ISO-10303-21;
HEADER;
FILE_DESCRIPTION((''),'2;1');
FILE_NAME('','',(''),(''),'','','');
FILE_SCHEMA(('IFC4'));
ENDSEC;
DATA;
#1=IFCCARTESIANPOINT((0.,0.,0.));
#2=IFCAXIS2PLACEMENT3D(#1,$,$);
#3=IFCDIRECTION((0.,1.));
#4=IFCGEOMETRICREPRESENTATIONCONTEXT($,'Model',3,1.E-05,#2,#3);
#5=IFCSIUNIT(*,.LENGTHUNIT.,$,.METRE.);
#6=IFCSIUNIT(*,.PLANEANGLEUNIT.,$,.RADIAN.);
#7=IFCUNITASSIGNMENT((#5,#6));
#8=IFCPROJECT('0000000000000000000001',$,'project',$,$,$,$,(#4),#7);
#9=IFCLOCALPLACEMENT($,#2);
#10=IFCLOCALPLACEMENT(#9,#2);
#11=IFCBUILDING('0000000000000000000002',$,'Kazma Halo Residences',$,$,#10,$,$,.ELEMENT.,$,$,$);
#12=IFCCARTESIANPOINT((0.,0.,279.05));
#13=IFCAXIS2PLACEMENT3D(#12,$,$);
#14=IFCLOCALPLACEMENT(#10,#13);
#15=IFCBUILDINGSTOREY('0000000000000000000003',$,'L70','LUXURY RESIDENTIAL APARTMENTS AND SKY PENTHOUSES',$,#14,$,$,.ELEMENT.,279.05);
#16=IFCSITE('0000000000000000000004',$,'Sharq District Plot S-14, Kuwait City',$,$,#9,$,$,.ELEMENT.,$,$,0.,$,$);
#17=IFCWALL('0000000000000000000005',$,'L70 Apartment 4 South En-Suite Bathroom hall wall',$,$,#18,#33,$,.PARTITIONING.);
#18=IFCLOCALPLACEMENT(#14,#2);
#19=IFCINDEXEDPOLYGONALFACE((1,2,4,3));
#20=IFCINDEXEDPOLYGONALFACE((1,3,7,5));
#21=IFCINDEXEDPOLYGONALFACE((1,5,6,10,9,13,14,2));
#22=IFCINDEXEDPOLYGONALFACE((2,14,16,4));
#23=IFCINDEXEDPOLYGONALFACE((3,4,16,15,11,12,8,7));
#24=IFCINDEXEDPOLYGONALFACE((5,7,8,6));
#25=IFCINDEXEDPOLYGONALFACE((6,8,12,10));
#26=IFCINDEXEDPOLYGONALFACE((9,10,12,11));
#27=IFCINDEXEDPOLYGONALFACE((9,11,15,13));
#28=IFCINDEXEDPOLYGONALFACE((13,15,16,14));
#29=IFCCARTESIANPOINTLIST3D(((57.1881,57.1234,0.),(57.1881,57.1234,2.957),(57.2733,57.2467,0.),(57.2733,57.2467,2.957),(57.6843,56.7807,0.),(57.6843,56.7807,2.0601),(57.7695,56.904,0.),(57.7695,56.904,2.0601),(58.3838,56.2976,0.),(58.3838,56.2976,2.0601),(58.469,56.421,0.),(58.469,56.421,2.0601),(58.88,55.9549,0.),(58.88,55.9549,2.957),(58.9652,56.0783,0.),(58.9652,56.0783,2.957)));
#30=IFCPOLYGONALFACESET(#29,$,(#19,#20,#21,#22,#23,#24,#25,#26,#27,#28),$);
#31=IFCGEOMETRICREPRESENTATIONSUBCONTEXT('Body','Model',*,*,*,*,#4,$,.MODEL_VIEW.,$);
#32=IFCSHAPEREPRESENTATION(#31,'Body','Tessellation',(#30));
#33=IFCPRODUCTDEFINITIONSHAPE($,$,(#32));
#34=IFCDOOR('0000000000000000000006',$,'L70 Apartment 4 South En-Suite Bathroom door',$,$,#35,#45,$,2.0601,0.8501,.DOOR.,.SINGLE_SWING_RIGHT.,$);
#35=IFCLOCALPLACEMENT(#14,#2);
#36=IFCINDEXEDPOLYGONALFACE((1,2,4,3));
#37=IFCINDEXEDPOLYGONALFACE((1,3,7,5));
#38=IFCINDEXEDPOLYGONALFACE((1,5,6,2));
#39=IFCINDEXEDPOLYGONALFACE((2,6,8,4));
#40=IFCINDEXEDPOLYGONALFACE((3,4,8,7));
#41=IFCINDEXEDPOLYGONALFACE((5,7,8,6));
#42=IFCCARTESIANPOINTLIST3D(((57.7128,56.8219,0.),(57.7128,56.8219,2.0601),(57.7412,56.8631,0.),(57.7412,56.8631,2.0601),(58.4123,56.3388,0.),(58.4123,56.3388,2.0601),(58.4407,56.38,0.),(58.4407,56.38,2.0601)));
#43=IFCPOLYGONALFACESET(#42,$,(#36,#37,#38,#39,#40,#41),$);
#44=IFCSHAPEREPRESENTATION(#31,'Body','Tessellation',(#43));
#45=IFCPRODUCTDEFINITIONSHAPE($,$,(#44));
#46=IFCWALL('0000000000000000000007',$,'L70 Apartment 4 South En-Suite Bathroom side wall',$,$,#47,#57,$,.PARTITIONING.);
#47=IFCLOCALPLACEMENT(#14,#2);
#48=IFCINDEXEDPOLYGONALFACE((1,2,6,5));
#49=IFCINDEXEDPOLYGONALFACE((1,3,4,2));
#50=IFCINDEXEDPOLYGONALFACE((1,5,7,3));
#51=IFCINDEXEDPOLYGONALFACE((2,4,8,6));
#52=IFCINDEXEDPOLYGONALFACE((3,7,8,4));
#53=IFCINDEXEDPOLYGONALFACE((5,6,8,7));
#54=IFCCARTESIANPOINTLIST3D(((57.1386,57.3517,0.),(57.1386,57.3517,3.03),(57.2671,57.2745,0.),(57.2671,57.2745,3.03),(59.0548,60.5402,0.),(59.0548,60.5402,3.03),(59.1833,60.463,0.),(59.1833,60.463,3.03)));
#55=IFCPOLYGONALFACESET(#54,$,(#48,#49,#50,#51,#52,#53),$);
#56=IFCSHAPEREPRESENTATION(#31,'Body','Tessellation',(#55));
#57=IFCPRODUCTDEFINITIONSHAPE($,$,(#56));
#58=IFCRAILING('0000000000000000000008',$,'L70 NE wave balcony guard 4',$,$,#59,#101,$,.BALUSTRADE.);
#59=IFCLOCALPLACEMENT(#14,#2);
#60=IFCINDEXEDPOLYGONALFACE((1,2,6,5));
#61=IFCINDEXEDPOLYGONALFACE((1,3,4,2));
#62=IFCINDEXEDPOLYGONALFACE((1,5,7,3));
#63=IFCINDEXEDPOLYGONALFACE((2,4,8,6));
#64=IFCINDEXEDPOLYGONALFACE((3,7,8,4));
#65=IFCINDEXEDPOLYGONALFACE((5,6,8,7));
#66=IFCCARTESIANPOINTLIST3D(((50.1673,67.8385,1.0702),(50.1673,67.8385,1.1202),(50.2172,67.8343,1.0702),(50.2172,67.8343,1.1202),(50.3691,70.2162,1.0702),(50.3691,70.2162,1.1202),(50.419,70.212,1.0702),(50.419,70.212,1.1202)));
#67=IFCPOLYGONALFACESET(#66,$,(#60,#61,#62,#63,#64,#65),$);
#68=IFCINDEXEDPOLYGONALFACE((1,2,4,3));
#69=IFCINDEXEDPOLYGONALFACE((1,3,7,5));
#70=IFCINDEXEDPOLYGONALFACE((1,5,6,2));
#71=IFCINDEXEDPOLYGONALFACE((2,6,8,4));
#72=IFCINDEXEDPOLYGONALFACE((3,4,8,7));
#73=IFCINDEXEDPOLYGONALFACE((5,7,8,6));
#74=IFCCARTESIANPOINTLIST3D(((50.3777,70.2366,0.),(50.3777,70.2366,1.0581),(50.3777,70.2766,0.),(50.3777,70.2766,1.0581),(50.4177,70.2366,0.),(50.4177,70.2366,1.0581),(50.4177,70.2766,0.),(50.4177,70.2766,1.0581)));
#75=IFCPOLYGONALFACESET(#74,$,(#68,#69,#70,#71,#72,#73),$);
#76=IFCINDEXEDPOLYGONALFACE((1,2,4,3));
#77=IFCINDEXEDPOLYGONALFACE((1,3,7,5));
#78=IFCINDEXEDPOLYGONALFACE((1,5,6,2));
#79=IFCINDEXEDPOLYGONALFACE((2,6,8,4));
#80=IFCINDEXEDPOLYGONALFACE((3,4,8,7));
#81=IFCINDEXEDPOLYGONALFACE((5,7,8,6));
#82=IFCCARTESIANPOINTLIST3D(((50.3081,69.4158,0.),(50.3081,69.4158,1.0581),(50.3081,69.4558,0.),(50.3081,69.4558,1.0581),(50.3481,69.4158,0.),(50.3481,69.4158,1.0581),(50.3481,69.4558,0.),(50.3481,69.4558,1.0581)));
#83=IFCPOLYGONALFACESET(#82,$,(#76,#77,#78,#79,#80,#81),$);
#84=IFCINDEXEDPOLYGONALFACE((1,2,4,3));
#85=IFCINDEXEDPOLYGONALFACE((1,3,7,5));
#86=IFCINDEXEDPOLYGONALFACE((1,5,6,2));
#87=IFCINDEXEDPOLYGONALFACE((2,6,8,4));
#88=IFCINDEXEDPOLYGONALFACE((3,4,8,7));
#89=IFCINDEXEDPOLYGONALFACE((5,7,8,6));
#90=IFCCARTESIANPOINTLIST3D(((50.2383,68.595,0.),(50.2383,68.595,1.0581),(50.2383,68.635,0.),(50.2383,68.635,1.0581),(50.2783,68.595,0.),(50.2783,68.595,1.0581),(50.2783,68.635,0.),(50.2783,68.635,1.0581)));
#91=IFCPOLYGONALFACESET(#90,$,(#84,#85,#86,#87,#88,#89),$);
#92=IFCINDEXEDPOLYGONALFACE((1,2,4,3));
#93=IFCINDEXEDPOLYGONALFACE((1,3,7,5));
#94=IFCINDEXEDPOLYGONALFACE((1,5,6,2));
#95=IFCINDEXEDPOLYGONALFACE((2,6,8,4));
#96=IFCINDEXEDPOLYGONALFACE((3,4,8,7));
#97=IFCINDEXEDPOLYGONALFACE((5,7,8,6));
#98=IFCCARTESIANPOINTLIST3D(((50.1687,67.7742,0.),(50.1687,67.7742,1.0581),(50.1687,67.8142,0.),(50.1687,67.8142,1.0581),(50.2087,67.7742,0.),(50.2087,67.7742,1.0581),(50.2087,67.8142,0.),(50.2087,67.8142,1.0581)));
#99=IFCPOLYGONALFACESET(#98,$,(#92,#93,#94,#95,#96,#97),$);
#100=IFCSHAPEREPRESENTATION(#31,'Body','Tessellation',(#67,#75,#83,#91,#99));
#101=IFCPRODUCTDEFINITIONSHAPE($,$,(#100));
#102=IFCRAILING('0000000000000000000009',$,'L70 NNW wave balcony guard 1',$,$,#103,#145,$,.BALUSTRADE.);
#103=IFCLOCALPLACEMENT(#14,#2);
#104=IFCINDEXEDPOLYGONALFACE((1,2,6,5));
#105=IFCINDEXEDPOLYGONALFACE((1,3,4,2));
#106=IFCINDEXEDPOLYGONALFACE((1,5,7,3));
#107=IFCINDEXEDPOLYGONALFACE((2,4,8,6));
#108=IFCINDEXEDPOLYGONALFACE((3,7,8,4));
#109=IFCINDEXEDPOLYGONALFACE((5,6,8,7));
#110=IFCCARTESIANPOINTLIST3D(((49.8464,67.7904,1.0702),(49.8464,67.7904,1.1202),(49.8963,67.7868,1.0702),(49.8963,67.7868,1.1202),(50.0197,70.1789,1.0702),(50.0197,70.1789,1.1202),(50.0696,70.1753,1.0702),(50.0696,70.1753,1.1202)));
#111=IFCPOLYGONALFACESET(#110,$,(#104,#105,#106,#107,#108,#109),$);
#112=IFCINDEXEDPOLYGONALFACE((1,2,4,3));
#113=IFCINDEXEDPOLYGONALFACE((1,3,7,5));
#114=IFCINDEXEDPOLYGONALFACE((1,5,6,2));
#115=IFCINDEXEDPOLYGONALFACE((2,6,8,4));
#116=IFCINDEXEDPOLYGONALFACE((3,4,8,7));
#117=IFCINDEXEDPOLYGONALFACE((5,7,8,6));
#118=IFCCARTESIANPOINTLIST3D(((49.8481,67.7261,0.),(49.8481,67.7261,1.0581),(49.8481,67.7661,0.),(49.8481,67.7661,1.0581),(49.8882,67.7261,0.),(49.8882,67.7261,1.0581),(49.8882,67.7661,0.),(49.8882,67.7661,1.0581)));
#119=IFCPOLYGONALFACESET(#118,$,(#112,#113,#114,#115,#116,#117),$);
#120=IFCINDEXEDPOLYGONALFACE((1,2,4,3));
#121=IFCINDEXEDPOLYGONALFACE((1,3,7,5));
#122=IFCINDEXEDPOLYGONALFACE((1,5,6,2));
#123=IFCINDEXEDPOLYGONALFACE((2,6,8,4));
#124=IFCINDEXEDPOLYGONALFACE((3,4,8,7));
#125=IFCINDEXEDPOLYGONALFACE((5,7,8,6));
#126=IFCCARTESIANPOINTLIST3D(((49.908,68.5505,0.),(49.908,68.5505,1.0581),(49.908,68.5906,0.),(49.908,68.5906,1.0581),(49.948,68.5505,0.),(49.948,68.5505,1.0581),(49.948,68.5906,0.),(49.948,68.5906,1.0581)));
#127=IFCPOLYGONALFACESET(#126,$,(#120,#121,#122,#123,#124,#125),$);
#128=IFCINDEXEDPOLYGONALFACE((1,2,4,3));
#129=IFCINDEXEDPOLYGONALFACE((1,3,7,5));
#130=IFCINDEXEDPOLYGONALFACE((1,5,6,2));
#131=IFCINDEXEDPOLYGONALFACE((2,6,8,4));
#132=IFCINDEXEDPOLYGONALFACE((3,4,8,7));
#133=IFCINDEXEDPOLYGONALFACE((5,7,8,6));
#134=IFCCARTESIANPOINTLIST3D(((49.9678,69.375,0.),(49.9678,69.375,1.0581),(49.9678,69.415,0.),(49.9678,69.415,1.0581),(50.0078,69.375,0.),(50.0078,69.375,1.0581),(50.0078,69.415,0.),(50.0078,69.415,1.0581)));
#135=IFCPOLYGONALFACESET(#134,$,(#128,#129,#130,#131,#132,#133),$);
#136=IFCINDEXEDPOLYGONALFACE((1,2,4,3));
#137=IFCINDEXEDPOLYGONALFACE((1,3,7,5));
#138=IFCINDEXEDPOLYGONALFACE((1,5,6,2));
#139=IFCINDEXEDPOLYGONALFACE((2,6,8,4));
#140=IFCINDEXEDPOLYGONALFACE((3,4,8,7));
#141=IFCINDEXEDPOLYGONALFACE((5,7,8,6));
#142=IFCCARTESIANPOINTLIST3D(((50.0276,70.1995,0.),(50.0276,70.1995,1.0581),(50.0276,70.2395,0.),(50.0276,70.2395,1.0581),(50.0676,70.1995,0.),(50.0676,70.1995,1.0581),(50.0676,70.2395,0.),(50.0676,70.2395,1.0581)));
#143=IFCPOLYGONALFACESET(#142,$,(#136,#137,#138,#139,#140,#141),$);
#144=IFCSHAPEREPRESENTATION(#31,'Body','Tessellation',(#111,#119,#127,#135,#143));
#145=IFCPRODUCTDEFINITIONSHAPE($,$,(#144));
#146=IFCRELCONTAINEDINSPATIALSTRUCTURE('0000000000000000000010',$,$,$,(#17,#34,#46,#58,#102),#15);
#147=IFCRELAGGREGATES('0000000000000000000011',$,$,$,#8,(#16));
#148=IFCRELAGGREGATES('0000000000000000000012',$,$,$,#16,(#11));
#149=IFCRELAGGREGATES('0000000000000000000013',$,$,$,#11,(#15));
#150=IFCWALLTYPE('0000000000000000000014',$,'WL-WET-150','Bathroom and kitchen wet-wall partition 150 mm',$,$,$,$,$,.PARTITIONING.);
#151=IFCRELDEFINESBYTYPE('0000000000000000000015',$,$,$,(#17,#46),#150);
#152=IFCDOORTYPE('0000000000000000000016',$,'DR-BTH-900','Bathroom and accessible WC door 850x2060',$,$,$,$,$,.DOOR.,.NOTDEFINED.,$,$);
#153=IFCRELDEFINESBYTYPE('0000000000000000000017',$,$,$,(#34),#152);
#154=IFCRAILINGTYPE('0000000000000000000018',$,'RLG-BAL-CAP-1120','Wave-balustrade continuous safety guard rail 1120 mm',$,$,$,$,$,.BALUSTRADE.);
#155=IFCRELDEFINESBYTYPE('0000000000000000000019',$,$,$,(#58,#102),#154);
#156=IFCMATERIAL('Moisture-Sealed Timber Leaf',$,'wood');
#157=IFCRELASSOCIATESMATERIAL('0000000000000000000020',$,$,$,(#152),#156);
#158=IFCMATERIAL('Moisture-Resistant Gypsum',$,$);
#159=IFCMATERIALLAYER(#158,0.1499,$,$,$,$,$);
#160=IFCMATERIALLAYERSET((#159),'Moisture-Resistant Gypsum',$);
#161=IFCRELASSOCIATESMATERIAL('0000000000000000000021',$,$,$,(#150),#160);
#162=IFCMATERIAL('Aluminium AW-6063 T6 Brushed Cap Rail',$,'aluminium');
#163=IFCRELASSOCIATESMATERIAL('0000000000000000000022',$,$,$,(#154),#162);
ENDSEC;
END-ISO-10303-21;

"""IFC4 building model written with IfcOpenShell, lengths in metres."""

from ifc_helpers import new_model, si_unit, direction, frame, frame_2d, origin, origin_2d, place, context, subcontext, project, spatial, rectangle, extrude, material, layer, layer_set, type_object, element, fill, save


model = new_model("IFC4")

# Units and contexts
model_context = context("Model", 3, precision=1e-05, world=origin(), true_north=direction((0.0, 1.0)))
body_context = subcontext(model_context, "Body", "Model", "MODEL_VIEW")
ifc_project = project(units=[si_unit("LENGTHUNIT", "METRE"), si_unit("PLANEANGLEUNIT", "RADIAN")], contexts=[model_context])

# Site, building, storey
site_placement = place(None, origin())
site = spatial("IfcSite", under=ifc_project, at=site_placement, Name="Sharq District Plot S-14, Kuwait City", CompositionType="ELEMENT", RefElevation=0.0)
building_placement = place(site_placement, origin())
building = spatial("IfcBuilding", under=site, at=building_placement, Name="Kazma Halo Residences", CompositionType="ELEMENT")
storey_placement = place(building_placement, frame((0.0, 0.0, 279.05)))
storey = spatial("IfcBuildingStorey", under=building, at=storey_placement, Name="L70", Description="LUXURY RESIDENTIAL APARTMENTS AND SKY PENTHOUSES", CompositionType="ELEMENT", Elevation=279.05)

# Shared definitions
ifc_material_1 = material(Name="Moisture-Sealed Timber Leaf", Category="wood")
door_type_1 = type_object("IfcDoorType", Name="DR-BTH-900", Description="Bathroom and accessible WC door 850x2060", OperationType="NOTDEFINED", PredefinedType="DOOR", material=ifc_material_1)

# Wall, opening, door
ifc_material_2 = material(Name="Moisture-Resistant Gypsum")
ifc_layer_1 = layer(ifc_material_2, 0.1499)
ifc_layer_set_1 = layer_set([ifc_layer_1], Name="Moisture-Resistant Gypsum")
wall_type_1 = type_object("IfcWallType", Name="WL-WET-150", Description="Bathroom and kitchen wet-wall partition 150 mm", PredefinedType="PARTITIONING", material=ifc_layer_set_1)
wall_1_placement = place(storey_placement, frame((58.9226, 56.0166, 0.0), z_axis=(0.0, 0.0, 1.0), x_axis=(-0.822841, 0.568271, 0.0)))
wall_1 = element("IfcWall", 1, at=wall_1_placement, inside=storey, type_object=wall_type_1, Name="L70 Apartment 4 South En-Suite Bathroom hall wall", PredefinedType="PARTITIONING", context=body_context, shape_type="SweptSolid", body=[
    extrude(rectangle(XDim=2.0562, YDim=0.1499, at=frame_2d((1.0281, 0.0))), origin(), (0.0, 0.0, 1.0), 2.957),
])
opening_1_placement = place(wall_1_placement, frame((0.603, 0.0, 0.0)))
opening_1 = element("IfcOpeningElement", 2, at=opening_1_placement, cuts=wall_1, PredefinedType="OPENING", context=body_context, shape_type="SweptSolid", body=[
    extrude(rectangle(XDim=0.8501, YDim=2.0601, at=frame_2d((0.425, 1.03))), frame((0.0, 0.085, 0.0), z_axis=(0.0, -1.0, 0.0), x_axis=(1.0, 0.0, 0.0)), (0.0, 0.0, 1.0), 0.1699),
])
door_1_placement = place(opening_1_placement, origin())
door_1 = element("IfcDoor", 3, at=door_1_placement, inside=storey, type_object=door_type_1, Name="L70 Apartment 4 South En-Suite Bathroom door", OperationType="SINGLE_SWING_RIGHT", OverallHeight=2.0601, OverallWidth=0.8501, PredefinedType="DOOR", context=body_context, shape_type="SweptSolid", body=[
    extrude(rectangle(XDim=0.8501, YDim=2.0601, at=frame_2d((0.425, 1.03))), frame((0.0, 0.0249, 0.0), z_axis=(0.0, -1.0, 0.0), x_axis=(1.0, 0.0, 0.0)), (0.0, 0.0, 1.0), 0.05),
])
fill(opening_1, door_1)

# Wall
wall_2_placement = place(storey_placement, frame((57.2029, 57.3132, 0.0), z_axis=(0.0, 0.0, 1.0), x_axis=(0.515123, 0.857116, 0.0)))
element("IfcWall", 4, at=wall_2_placement, inside=storey, type_object=wall_type_1, Name="L70 Apartment 4 South En-Suite Bathroom side wall", PredefinedType="PARTITIONING", context=body_context, shape_type="SweptSolid", body=[
    extrude(rectangle(XDim=3.72, YDim=0.1499, at=frame_2d((1.8599, 0.0))), origin(), (0.0, 0.0, 1.0), 3.03),
])

# Railings
ifc_material_3 = material(Name="Aluminium AW-6063 T6 Brushed Cap Rail", Category="aluminium")
railing_type = type_object("IfcRailingType", Name="RLG-BAL-CAP-1120", Description="Wave-balustrade continuous safety guard rail 1120 mm", PredefinedType="BALUSTRADE", material=ifc_material_3)
railing_1_placement = place(storey_placement, frame((50.3977, 70.2566, 0.0)))
element("IfcRailing", 5, at=railing_1_placement, inside=storey, type_object=railing_type, Name="L70 NE wave balcony guard 4", PredefinedType="BALUSTRADE", context=body_context, shape_type="SweptSolid", body=[
    extrude(rectangle(XDim=0.05, YDim=0.05, at=origin_2d()), frame((-0.0037, -0.0425, 1.0952), z_axis=(-0.084566, -0.996418, 0.0), x_axis=(0.996418, -0.084566, 0.0)), (0.0, 0.0, 1.0), 2.3862),
    extrude(rectangle(XDim=0.04, YDim=0.04, at=origin_2d()), origin(), (0.0, 0.0, 1.0), 1.0581),
    extrude(rectangle(XDim=0.04, YDim=0.04, at=origin_2d()), frame((-0.0696, -0.8208, 0.0)), (0.0, 0.0, 1.0), 1.0581),
    extrude(rectangle(XDim=0.04, YDim=0.04, at=origin_2d()), frame((-0.1394, -1.6416, 0.0)), (0.0, 0.0, 1.0), 1.0581),
    extrude(rectangle(XDim=0.04, YDim=0.04, at=origin_2d()), frame((-0.209, -2.4624, 0.0)), (0.0, 0.0, 1.0), 1.0581),
])
railing_2_placement = place(storey_placement, frame((49.8682, 67.7461, 0.0)))
element("IfcRailing", 6, at=railing_2_placement, inside=storey, type_object=railing_type, Name="L70 NNW wave balcony guard 1", PredefinedType="BALUSTRADE", context=body_context, shape_type="SweptSolid", body=[
    extrude(rectangle(XDim=0.05, YDim=0.05, at=origin_2d()), frame((0.0032, 0.0425, 1.0952), z_axis=(0.072359, 0.997379, 0.0), x_axis=(-0.997379, 0.072359, 0.0)), (0.0, 0.0, 1.0), 2.3948),
    extrude(rectangle(XDim=0.04, YDim=0.04, at=origin_2d()), origin(), (0.0, 0.0, 1.0), 1.0581),
    extrude(rectangle(XDim=0.04, YDim=0.04, at=origin_2d()), frame((0.0598, 0.8245, 0.0)), (0.0, 0.0, 1.0), 1.0581),
    extrude(rectangle(XDim=0.04, YDim=0.04, at=origin_2d()), frame((0.1196, 1.6489, 0.0)), (0.0, 0.0, 1.0), 1.0581),
    extrude(rectangle(XDim=0.04, YDim=0.04, at=origin_2d()), frame((0.1794, 2.4734, 0.0)), (0.0, 0.0, 1.0), 1.0581),
])

save(model, "model.ifc")
